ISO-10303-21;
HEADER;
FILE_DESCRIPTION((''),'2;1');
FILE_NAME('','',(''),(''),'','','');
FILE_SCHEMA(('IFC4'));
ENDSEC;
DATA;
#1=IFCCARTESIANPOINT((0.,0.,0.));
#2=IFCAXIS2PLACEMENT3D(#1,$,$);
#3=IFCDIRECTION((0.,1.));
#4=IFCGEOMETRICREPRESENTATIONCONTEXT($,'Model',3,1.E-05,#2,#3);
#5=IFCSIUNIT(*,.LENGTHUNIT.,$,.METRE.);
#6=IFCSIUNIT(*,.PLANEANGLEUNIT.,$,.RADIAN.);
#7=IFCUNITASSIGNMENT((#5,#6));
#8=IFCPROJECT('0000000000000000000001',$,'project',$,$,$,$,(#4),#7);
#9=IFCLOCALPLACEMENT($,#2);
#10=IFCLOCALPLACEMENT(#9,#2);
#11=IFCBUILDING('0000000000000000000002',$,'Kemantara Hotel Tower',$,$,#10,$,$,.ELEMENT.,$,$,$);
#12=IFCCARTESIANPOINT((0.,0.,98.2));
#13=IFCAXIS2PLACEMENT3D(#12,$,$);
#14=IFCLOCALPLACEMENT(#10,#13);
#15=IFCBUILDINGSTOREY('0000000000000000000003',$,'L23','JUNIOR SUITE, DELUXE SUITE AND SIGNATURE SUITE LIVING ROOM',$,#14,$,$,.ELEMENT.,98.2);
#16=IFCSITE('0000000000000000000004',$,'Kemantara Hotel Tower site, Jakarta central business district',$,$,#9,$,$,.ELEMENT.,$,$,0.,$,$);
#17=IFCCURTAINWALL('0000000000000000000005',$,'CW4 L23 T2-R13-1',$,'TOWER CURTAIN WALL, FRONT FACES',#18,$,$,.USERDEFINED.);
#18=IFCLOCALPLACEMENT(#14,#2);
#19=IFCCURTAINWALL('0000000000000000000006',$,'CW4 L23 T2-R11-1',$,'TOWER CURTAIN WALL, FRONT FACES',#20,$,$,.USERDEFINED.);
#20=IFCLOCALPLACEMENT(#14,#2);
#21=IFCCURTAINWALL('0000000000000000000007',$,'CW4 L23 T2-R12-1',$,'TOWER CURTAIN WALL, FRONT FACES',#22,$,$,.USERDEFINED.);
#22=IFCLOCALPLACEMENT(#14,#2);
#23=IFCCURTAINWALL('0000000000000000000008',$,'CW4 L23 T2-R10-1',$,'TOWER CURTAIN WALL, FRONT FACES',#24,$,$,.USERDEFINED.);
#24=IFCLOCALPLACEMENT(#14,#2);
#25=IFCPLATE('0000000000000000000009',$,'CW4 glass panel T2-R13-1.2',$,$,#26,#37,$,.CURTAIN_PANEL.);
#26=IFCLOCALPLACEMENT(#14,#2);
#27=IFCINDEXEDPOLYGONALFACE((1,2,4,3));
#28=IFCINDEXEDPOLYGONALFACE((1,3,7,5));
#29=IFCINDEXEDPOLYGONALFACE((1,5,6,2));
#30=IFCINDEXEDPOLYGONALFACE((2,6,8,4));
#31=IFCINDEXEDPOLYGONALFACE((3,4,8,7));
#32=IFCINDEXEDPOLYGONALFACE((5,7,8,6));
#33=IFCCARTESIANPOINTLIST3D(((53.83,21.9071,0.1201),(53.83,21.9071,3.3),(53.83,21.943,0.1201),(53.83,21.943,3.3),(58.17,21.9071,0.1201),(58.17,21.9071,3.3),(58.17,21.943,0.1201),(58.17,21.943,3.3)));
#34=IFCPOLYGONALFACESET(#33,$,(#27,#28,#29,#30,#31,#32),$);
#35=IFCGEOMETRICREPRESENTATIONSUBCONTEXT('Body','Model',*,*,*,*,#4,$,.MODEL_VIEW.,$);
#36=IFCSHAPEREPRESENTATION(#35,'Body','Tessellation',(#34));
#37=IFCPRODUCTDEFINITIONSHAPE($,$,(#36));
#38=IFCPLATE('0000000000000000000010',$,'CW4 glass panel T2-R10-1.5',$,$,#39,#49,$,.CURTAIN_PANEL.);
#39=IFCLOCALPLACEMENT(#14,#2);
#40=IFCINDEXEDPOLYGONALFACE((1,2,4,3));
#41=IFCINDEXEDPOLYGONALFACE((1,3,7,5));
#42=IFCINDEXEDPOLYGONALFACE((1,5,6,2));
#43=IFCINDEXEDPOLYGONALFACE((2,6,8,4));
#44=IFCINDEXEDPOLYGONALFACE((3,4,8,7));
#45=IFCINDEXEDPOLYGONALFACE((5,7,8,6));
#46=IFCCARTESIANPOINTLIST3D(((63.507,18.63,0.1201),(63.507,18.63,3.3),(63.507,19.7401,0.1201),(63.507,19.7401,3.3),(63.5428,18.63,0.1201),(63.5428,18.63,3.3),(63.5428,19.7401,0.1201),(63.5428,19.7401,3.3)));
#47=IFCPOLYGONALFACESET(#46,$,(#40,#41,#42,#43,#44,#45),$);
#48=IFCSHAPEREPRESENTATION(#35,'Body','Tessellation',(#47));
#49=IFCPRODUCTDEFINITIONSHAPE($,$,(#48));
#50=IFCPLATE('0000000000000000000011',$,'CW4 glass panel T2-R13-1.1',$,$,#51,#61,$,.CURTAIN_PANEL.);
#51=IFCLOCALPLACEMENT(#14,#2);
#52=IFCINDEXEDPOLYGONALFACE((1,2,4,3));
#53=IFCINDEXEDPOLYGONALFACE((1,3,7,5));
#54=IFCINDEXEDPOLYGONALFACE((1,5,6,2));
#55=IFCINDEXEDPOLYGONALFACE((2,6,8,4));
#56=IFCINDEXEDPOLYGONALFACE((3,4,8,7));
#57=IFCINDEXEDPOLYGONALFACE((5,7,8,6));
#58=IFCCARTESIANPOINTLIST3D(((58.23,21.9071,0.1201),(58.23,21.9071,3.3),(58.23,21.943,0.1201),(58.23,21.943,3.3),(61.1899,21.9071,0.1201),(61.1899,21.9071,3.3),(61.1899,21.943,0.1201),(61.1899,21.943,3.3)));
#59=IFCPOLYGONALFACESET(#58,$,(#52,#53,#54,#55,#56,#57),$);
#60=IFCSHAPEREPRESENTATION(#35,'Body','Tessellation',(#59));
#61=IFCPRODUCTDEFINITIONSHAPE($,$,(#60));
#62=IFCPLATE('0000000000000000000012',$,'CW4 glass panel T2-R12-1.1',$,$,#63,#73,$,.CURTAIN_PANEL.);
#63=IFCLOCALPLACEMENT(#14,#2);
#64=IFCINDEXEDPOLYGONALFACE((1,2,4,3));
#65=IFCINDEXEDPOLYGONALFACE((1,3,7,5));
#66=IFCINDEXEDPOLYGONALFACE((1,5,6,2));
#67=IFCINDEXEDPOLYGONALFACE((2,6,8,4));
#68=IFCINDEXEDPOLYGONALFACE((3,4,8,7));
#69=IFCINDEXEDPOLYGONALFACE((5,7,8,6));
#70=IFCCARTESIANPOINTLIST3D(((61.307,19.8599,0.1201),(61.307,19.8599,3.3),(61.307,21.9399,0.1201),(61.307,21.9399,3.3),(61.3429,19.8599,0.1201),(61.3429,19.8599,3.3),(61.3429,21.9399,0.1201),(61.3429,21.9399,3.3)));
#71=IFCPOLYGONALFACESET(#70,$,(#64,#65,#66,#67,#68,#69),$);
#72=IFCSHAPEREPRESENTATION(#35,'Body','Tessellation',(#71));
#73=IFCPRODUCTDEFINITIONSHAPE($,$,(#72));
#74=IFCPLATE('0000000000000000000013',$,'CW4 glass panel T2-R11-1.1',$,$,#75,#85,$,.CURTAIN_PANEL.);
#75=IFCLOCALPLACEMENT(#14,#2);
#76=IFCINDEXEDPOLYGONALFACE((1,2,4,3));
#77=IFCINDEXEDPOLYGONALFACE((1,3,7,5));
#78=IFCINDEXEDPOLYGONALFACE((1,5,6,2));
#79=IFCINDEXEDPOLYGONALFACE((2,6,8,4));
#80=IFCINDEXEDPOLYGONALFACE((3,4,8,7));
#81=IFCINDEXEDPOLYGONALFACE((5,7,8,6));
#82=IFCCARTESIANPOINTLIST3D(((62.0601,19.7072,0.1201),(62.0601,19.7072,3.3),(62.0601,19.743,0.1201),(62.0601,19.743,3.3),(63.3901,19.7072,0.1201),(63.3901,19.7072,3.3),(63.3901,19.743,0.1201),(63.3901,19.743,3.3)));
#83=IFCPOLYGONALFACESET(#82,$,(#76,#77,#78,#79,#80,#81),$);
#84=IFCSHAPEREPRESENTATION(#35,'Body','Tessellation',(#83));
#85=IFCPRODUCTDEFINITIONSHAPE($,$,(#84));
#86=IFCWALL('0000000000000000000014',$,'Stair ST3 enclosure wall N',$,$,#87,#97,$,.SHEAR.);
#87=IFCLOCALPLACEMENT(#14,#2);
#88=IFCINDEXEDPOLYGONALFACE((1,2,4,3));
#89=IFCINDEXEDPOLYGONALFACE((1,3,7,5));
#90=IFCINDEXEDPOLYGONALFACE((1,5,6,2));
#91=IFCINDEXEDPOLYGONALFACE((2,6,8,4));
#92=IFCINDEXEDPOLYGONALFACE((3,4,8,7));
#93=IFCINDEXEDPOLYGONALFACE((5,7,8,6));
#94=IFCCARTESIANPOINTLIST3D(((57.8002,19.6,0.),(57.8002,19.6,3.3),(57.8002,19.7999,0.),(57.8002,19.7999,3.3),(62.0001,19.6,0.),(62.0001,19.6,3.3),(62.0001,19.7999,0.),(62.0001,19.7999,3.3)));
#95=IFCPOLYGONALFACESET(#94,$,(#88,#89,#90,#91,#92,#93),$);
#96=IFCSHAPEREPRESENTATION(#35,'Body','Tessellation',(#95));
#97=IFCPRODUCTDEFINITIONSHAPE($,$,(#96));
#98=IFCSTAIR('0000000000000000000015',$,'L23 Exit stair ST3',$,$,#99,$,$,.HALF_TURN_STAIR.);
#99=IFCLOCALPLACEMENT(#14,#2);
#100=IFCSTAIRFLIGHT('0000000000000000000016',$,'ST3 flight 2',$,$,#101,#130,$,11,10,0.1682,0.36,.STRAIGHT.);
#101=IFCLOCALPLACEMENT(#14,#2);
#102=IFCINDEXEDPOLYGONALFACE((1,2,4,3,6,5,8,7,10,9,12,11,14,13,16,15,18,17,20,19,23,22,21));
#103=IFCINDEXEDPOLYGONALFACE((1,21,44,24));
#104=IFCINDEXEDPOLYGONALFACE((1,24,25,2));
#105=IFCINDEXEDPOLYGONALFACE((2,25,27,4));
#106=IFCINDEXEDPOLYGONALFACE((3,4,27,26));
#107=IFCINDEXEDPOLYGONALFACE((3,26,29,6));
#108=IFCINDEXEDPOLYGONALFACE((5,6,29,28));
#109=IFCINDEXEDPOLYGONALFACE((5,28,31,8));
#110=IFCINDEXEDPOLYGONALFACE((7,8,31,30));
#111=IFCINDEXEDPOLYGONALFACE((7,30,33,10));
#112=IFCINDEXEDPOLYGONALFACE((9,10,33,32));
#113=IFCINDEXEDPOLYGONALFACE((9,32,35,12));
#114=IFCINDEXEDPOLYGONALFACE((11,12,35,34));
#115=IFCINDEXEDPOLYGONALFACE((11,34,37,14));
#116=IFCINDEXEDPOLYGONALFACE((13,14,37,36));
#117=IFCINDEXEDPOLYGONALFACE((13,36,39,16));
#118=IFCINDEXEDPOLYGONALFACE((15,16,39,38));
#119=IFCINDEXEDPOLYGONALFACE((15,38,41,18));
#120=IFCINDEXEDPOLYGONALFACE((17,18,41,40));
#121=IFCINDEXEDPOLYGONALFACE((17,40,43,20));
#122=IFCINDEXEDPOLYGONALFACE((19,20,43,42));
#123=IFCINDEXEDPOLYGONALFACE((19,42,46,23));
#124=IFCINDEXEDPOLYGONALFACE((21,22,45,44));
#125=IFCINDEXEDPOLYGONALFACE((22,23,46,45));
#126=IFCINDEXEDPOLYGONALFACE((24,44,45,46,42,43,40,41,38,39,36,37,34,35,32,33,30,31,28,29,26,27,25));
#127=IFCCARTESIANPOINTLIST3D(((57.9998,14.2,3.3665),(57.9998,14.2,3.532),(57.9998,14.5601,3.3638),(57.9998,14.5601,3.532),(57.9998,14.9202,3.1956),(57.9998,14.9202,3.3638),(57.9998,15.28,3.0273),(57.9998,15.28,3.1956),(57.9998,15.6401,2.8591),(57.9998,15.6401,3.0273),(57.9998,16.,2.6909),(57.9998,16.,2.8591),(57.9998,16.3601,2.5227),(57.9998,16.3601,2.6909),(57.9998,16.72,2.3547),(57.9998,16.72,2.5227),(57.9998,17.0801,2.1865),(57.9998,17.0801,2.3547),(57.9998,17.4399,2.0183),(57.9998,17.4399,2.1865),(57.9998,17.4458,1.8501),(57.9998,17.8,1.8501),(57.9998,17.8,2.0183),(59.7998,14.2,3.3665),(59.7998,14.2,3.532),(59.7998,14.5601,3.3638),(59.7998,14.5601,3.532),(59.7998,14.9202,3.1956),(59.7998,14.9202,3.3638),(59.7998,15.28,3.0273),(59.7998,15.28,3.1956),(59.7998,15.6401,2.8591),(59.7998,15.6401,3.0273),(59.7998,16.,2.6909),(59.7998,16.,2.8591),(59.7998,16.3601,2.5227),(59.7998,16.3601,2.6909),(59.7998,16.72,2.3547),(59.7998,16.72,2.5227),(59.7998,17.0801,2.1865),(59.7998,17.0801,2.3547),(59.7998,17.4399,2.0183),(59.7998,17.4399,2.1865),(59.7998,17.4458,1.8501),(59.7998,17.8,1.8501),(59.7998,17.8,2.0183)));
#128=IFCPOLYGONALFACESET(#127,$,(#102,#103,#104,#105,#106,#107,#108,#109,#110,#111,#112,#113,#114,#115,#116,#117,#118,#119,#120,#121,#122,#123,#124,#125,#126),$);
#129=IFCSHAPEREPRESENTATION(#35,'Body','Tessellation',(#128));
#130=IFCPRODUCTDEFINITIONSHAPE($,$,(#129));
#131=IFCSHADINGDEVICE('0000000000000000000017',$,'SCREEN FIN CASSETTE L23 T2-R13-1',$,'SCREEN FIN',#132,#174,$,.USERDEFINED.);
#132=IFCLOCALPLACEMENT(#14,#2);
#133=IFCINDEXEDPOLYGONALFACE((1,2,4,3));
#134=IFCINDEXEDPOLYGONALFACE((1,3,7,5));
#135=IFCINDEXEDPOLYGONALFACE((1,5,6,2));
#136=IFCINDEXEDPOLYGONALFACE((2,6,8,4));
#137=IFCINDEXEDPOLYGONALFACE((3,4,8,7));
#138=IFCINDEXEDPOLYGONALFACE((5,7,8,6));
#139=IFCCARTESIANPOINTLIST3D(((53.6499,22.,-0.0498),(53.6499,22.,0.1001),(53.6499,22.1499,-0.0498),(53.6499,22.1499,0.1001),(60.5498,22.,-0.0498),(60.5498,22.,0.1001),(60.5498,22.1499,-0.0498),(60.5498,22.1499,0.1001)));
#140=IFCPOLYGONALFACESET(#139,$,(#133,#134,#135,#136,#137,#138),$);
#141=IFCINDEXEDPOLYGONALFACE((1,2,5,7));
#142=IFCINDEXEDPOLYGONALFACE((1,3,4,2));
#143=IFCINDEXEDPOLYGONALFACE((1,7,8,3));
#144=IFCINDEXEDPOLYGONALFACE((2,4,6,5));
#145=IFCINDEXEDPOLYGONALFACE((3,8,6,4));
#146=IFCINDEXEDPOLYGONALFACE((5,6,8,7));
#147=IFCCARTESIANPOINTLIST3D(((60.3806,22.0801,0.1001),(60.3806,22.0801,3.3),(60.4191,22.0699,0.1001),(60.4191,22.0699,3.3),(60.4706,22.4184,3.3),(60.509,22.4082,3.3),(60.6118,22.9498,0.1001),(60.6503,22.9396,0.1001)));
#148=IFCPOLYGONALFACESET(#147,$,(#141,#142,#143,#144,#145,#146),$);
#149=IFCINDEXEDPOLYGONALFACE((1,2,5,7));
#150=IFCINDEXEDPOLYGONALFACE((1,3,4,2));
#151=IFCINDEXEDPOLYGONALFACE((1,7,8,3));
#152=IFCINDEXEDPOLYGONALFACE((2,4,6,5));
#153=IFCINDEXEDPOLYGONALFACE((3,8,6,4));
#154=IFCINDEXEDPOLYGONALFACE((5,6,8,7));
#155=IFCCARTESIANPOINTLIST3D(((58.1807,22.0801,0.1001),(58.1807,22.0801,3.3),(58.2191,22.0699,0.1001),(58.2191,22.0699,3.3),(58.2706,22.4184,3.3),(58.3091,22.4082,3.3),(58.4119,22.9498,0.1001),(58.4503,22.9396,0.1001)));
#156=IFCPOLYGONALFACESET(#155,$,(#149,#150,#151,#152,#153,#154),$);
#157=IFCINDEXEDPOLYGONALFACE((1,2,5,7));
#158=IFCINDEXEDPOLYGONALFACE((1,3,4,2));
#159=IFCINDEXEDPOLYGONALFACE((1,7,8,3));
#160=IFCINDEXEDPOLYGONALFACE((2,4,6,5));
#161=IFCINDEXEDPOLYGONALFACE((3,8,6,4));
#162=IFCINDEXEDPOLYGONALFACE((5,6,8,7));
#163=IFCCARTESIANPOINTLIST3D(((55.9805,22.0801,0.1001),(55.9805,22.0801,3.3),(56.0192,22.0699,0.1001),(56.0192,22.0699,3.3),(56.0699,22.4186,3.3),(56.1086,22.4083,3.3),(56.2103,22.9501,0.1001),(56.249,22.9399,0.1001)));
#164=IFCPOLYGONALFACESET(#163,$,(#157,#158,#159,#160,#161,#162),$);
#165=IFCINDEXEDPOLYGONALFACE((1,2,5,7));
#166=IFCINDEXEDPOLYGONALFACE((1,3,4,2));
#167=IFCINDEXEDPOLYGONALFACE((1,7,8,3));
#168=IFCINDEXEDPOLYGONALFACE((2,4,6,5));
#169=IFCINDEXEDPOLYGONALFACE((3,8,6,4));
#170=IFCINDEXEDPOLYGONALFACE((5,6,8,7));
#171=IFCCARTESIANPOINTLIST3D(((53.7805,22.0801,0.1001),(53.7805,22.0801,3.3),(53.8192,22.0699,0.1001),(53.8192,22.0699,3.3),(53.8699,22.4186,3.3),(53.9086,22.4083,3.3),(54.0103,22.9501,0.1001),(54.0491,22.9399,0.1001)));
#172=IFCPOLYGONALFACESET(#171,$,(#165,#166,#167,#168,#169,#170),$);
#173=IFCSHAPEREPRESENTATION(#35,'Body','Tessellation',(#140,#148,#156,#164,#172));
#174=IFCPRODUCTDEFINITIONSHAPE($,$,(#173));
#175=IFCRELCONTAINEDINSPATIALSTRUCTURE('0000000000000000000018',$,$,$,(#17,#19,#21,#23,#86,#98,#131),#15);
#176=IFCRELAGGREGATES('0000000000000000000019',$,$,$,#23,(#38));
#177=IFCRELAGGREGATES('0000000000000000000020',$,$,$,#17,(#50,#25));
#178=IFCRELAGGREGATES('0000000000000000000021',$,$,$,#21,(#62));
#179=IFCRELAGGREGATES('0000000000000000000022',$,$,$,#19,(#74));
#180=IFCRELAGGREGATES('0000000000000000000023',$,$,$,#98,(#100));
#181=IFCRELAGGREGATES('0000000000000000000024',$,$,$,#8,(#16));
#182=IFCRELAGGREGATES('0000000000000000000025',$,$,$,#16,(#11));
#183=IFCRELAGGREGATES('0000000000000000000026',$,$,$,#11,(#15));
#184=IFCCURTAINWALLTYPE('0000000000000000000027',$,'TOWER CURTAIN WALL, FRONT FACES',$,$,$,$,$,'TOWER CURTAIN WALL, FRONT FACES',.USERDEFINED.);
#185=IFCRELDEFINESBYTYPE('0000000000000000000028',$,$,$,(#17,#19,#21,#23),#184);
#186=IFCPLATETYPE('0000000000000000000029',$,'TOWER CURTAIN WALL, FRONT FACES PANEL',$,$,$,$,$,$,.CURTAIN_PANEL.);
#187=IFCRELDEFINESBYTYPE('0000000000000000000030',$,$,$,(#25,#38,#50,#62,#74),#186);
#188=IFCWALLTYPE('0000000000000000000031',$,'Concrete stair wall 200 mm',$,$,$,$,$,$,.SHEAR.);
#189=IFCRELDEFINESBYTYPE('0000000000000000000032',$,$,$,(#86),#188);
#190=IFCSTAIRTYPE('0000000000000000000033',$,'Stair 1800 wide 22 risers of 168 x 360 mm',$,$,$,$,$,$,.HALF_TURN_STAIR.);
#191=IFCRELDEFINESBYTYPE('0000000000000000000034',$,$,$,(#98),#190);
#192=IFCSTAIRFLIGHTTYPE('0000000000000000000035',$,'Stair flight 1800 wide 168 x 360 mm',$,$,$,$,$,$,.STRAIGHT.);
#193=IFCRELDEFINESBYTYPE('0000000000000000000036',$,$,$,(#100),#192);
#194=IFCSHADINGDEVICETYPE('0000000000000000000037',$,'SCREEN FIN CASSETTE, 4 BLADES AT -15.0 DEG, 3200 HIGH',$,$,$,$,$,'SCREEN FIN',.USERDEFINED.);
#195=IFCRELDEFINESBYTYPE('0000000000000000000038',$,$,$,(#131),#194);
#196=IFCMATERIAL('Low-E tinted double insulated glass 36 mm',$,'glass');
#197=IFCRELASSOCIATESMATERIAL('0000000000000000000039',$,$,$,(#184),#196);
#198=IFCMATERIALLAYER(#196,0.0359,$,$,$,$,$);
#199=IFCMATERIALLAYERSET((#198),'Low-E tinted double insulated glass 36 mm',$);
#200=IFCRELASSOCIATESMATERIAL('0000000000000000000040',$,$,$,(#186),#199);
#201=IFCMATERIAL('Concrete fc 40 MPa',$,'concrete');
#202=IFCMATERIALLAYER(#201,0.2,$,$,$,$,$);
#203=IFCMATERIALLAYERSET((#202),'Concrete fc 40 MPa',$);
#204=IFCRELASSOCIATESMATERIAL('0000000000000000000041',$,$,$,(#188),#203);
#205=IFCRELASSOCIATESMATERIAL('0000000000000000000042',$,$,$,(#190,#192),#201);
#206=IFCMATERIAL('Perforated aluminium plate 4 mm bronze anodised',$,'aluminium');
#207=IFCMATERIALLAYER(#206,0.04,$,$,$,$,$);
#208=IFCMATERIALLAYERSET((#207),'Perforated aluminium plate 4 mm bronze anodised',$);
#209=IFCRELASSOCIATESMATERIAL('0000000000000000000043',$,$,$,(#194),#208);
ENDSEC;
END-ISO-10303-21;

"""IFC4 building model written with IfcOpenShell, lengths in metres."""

from ifc_helpers import new_model, si_unit, direction, frame, frame_2d, origin, origin_2d, place, context, subcontext, project, spatial, polyline, rectangle, outline, extrude, source, transform, mapped, material, layer, layer_set, type_object, element, aggregate, save


model = new_model("IFC4")

# Units and contexts
model_context = context("Model", 3, precision=1e-05, world=origin(), true_north=direction((0.0, 1.0)))
body_context = subcontext(model_context, "Body", "Model", "MODEL_VIEW")
ifc_project = project(units=[si_unit("LENGTHUNIT", "METRE"), si_unit("PLANEANGLEUNIT", "RADIAN")], contexts=[model_context])

# Site, building, storey
site_placement = place(None, origin())
site = spatial("IfcSite", under=ifc_project, at=site_placement, Name="Kemantara Hotel Tower site, Jakarta central business district", CompositionType="ELEMENT", RefElevation=0.0)
building_placement = place(site_placement, origin())
building = spatial("IfcBuilding", under=site, at=building_placement, Name="Kemantara Hotel Tower", CompositionType="ELEMENT")
storey_placement = place(building_placement, frame((0.0, 0.0, 98.2)))
storey = spatial("IfcBuildingStorey", under=building, at=storey_placement, Name="L23", Description="JUNIOR SUITE, DELUXE SUITE AND SIGNATURE SUITE LIVING ROOM", CompositionType="ELEMENT", Elevation=98.2)

# Curtain walls
ifc_material_1 = material(Name="Low-E tinted double insulated glass 36 mm", Category="glass")
curtain_wall_type = type_object("IfcCurtainWallType", Name="TOWER CURTAIN WALL, FRONT FACES", ElementType="TOWER CURTAIN WALL, FRONT FACES", PredefinedType="USERDEFINED", material=ifc_material_1)
curtain_wall_1_placement = place(storey_placement, origin())
curtain_wall_1 = element("IfcCurtainWall", 1, at=curtain_wall_1_placement, inside=storey, type_object=curtain_wall_type, Name="CW4 L23 T2-R13-1", ObjectType="TOWER CURTAIN WALL, FRONT FACES", PredefinedType="USERDEFINED")
curtain_wall_2_placement = place(storey_placement, origin())
curtain_wall_2 = element("IfcCurtainWall", 2, at=curtain_wall_2_placement, inside=storey, type_object=curtain_wall_type, Name="CW4 L23 T2-R11-1", ObjectType="TOWER CURTAIN WALL, FRONT FACES", PredefinedType="USERDEFINED")
curtain_wall_3_placement = place(storey_placement, origin())
curtain_wall_3 = element("IfcCurtainWall", 3, at=curtain_wall_3_placement, inside=storey, type_object=curtain_wall_type, Name="CW4 L23 T2-R12-1", ObjectType="TOWER CURTAIN WALL, FRONT FACES", PredefinedType="USERDEFINED")

# Curtain wall
curtain_wall_4_placement = place(storey_placement, origin())
curtain_wall_4 = element("IfcCurtainWall", 4, at=curtain_wall_4_placement, inside=storey, type_object=curtain_wall_type, Name="CW4 L23 T2-R10-1", ObjectType="TOWER CURTAIN WALL, FRONT FACES", PredefinedType="USERDEFINED")

# Plates
ifc_layer_1 = layer(ifc_material_1, 0.0359)
ifc_layer_set_1 = layer_set([ifc_layer_1], Name="Low-E tinted double insulated glass 36 mm")
plate_type = type_object("IfcPlateType", Name="TOWER CURTAIN WALL, FRONT FACES PANEL", PredefinedType="CURTAIN_PANEL", material=ifc_layer_set_1)
shared_shape_1 = source(origin(), body_context, "Body", "SweptSolid", [
    extrude(rectangle(XDim=4.3401, YDim=0.0359, at=origin_2d()), origin(), (0.0, 0.0, 1.0), 3.1799),
])
plate_1_placement = place(storey_placement, frame((56.0, 21.925, 0.1201), z_axis=(0.0, 0.0, 1.0), x_axis=(-1.0, 0.0, 0.0)))
plate_1 = element("IfcPlate", 5, at=plate_1_placement, type_object=plate_type, Name="CW4 glass panel T2-R13-1.2", PredefinedType="CURTAIN_PANEL", context=body_context, shape_type="MappedRepresentation", body=[
    mapped(shared_shape_1, transform((0.0, 0.0, 0.0))),
])
shared_shape_2 = source(origin(), body_context, "Body", "SweptSolid", [
    extrude(rectangle(XDim=1.1101, YDim=0.0359, at=origin_2d()), origin(), (0.0, 0.0, 1.0), 3.1799),
])
plate_2_placement = place(storey_placement, frame((63.5249, 19.1851, 0.1201), z_axis=(0.0, 0.0, 1.0), x_axis=(0.0, 1.0, 0.0)))
plate_2 = element("IfcPlate", 6, at=plate_2_placement, type_object=plate_type, Name="CW4 glass panel T2-R10-1.5", PredefinedType="CURTAIN_PANEL", context=body_context, shape_type="MappedRepresentation", body=[
    mapped(shared_shape_2, transform((0.0, 0.0, 0.0))),
])
aggregate(curtain_wall_4, [plate_2])
shared_shape_3 = source(origin(), body_context, "Body", "SweptSolid", [
    extrude(rectangle(XDim=2.96, YDim=0.0359, at=origin_2d()), origin(), (0.0, 0.0, 1.0), 3.1799),
])
plate_3_placement = place(storey_placement, frame((59.71, 21.925, 0.1201), z_axis=(0.0, 0.0, 1.0), x_axis=(-1.0, 0.0, 0.0)))
plate_3 = element("IfcPlate", 7, at=plate_3_placement, type_object=plate_type, Name="CW4 glass panel T2-R13-1.1", PredefinedType="CURTAIN_PANEL", context=body_context, shape_type="MappedRepresentation", body=[
    mapped(shared_shape_3, transform((0.0, 0.0, 0.0))),
])
aggregate(curtain_wall_1, [plate_3, plate_1])
shared_shape_4 = source(origin(), body_context, "Body", "SweptSolid", [
    extrude(rectangle(XDim=2.0801, YDim=0.0359, at=origin_2d()), origin(), (0.0, 0.0, 1.0), 3.1799),
])
plate_4_placement = place(storey_placement, frame((61.325, 20.8999, 0.1201), z_axis=(0.0, 0.0, 1.0), x_axis=(0.0, 1.0, 0.0)))
plate_4 = element("IfcPlate", 8, at=plate_4_placement, type_object=plate_type, Name="CW4 glass panel T2-R12-1.1", PredefinedType="CURTAIN_PANEL", context=body_context, shape_type="MappedRepresentation", body=[
    mapped(shared_shape_4, transform((0.0, 0.0, 0.0))),
])
aggregate(curtain_wall_3, [plate_4])
shared_shape_5 = source(origin(), body_context, "Body", "SweptSolid", [
    extrude(rectangle(XDim=1.3301, YDim=0.0359, at=origin_2d()), origin(), (0.0, 0.0, 1.0), 3.1799),
])
plate_5_placement = place(storey_placement, frame((62.7251, 19.7251, 0.1201), z_axis=(0.0, 0.0, 1.0), x_axis=(-1.0, 0.0, 0.0)))
plate_5 = element("IfcPlate", 9, at=plate_5_placement, type_object=plate_type, Name="CW4 glass panel T2-R11-1.1", PredefinedType="CURTAIN_PANEL", context=body_context, shape_type="MappedRepresentation", body=[
    mapped(shared_shape_5, transform((0.0, 0.0, 0.0))),
])
aggregate(curtain_wall_2, [plate_5])

# Wall
ifc_material_2 = material(Name="Concrete fc 40 MPa", Category="concrete")
ifc_layer_2 = layer(ifc_material_2, 0.2)
ifc_layer_set_2 = layer_set([ifc_layer_2], Name="Concrete fc 40 MPa")
wall_type = type_object("IfcWallType", Name="Concrete stair wall 200 mm", PredefinedType="SHEAR", material=ifc_layer_set_2)
wall_placement = place(storey_placement, frame((57.8, 19.7, 0.0), z_axis=(0.0, 0.0, 1.0), x_axis=(1.0, 0.0, 0.0)))
element("IfcWall", 10, at=wall_placement, inside=storey, type_object=wall_type, Name="Stair ST3 enclosure wall N", PredefinedType="SHEAR", context=body_context, shape_type="SweptSolid", body=[
    extrude(rectangle(XDim=4.2, YDim=0.2, at=frame_2d((2.1001, 0.0))), origin(), (0.0, 0.0, 1.0), 3.3),
])

# Stair, stair flight
stair_type = type_object("IfcStairType", Name="Stair 1800 wide 22 risers of 168 x 360 mm", PredefinedType="HALF_TURN_STAIR", material=ifc_material_2)
stair_placement = place(storey_placement, origin())
stair = element("IfcStair", 11, at=stair_placement, inside=storey, type_object=stair_type, Name="L23 Exit stair ST3", PredefinedType="HALF_TURN_STAIR")
stair_flight_type = type_object("IfcStairFlightType", Name="Stair flight 1800 wide 168 x 360 mm", PredefinedType="STRAIGHT", material=ifc_material_2)
stair_flight_placement = place(storey_placement, frame((58.8999, 17.8, 1.8501), z_axis=(0.0, 0.0, 1.0), x_axis=(0.0, -1.0, 0.0)))
stair_flight = element("IfcStairFlight", 12, at=stair_flight_placement, type_object=stair_flight_type, Name="ST3 flight 2", NumberOfRisers=11, NumberOfTreads=10, PredefinedType="STRAIGHT", RiserHeight=0.1682, TreadLength=0.36, context=body_context, shape_type="SweptSolid", body=[
    extrude(outline(polyline([(0.0, 0.0), (0.0, 0.1682), (0.3601, 0.1682), (0.3601, 0.3364), (0.72, 0.3364), (0.72, 0.5046), (1.0801, 0.5046), (1.0801, 0.6726), (1.4399, 0.6726), (1.4399, 0.8408), (1.8, 0.8408), (1.8, 1.009), (2.1599, 1.009), (2.1599, 1.1772), (2.52, 1.1772), (2.52, 1.3455), (2.8799, 1.3455), (2.8799, 1.5137), (3.24, 1.5137), (3.24, 1.6819), (3.6001, 1.6819), (3.6001, 1.8501), (3.6001, 1.5164), (0.3542, 0.0), (0.0, 0.0)])), frame((0.0, 0.8999, 0.0), z_axis=(0.0, -1.0, 0.0), x_axis=(1.0, 0.0, 0.0)), (0.0, 0.0, 1.0), 1.8),
])
aggregate(stair, [stair_flight])

# Shading device
ifc_material_3 = material(Name="Perforated aluminium plate 4 mm bronze anodised", Category="aluminium")
ifc_layer_3 = layer(ifc_material_3, 0.04)
ifc_layer_set_3 = layer_set([ifc_layer_3], Name="Perforated aluminium plate 4 mm bronze anodised")
shading_device_type_1 = type_object("IfcShadingDeviceType", Name="SCREEN FIN CASSETTE, 4 BLADES AT -15.0 DEG, 3200 HIGH", ElementType="SCREEN FIN", PredefinedType="USERDEFINED", material=ifc_layer_set_3)
shared_shape_6 = source(origin(), body_context, "Body", "SweptSolid", [
    extrude(rectangle(XDim=6.8999, YDim=0.1499, at=origin_2d()), frame((3.3, -0.075, -0.1499), z_axis=(0.0, 0.0, 1.0), x_axis=(1.0, 0.0, 0.0)), (0.0, 0.0, 1.0), 0.1499),
    extrude(outline(polyline([(0.0, 0.0), (0.8999, 0.0), (0.3501, 3.2), (0.0, 3.2), (0.0, 0.0)])), frame((0.0193, -0.0801, 0.0), z_axis=(-0.966438, 0.256901, 0.0), x_axis=(-0.256901, -0.966438, 0.0)), (0.0, 0.0, 1.0), 0.0398),
    extrude(outline(polyline([(0.0, 0.0), (0.8999, 0.0), (0.3501, 3.2), (0.0, 3.2), (0.0, 0.0)])), frame((2.2192, -0.0801, 0.0), z_axis=(-0.966438, 0.256901, 0.0), x_axis=(-0.256901, -0.966438, 0.0)), (0.0, 0.0, 1.0), 0.0398),
    extrude(outline(polyline([(0.0, 0.0), (0.8999, 0.0), (0.3501, 3.2), (0.0, 3.2), (0.0, 0.0)])), frame((4.4194, -0.0801, 0.0), z_axis=(-0.966838, 0.255391, 0.0), x_axis=(-0.255391, -0.966838, 0.0)), (0.0, 0.0, 1.0), 0.04),
    extrude(outline(polyline([(0.0, 0.0), (0.8999, 0.0), (0.3501, 3.2), (0.0, 3.2), (0.0, 0.0)])), frame((6.6194, -0.0801, 0.0), z_axis=(-0.966838, 0.255391, 0.0), x_axis=(-0.255391, -0.966838, 0.0)), (0.0, 0.0, 1.0), 0.04),
])
shading_device_1_placement = place(storey_placement, frame((60.3999, 22.0, 0.1001), z_axis=(0.0, 0.0, 1.0), x_axis=(-1.0, 0.0, 0.0)))
element("IfcShadingDevice", 13, at=shading_device_1_placement, inside=storey, type_object=shading_device_type_1, Name="SCREEN FIN CASSETTE L23 T2-R13-1", ObjectType="SCREEN FIN", PredefinedType="USERDEFINED", context=body_context, shape_type="MappedRepresentation", body=[
    mapped(shared_shape_6, transform((0.0, 0.0, 0.0))),
])

save(model, "model.ifc")
